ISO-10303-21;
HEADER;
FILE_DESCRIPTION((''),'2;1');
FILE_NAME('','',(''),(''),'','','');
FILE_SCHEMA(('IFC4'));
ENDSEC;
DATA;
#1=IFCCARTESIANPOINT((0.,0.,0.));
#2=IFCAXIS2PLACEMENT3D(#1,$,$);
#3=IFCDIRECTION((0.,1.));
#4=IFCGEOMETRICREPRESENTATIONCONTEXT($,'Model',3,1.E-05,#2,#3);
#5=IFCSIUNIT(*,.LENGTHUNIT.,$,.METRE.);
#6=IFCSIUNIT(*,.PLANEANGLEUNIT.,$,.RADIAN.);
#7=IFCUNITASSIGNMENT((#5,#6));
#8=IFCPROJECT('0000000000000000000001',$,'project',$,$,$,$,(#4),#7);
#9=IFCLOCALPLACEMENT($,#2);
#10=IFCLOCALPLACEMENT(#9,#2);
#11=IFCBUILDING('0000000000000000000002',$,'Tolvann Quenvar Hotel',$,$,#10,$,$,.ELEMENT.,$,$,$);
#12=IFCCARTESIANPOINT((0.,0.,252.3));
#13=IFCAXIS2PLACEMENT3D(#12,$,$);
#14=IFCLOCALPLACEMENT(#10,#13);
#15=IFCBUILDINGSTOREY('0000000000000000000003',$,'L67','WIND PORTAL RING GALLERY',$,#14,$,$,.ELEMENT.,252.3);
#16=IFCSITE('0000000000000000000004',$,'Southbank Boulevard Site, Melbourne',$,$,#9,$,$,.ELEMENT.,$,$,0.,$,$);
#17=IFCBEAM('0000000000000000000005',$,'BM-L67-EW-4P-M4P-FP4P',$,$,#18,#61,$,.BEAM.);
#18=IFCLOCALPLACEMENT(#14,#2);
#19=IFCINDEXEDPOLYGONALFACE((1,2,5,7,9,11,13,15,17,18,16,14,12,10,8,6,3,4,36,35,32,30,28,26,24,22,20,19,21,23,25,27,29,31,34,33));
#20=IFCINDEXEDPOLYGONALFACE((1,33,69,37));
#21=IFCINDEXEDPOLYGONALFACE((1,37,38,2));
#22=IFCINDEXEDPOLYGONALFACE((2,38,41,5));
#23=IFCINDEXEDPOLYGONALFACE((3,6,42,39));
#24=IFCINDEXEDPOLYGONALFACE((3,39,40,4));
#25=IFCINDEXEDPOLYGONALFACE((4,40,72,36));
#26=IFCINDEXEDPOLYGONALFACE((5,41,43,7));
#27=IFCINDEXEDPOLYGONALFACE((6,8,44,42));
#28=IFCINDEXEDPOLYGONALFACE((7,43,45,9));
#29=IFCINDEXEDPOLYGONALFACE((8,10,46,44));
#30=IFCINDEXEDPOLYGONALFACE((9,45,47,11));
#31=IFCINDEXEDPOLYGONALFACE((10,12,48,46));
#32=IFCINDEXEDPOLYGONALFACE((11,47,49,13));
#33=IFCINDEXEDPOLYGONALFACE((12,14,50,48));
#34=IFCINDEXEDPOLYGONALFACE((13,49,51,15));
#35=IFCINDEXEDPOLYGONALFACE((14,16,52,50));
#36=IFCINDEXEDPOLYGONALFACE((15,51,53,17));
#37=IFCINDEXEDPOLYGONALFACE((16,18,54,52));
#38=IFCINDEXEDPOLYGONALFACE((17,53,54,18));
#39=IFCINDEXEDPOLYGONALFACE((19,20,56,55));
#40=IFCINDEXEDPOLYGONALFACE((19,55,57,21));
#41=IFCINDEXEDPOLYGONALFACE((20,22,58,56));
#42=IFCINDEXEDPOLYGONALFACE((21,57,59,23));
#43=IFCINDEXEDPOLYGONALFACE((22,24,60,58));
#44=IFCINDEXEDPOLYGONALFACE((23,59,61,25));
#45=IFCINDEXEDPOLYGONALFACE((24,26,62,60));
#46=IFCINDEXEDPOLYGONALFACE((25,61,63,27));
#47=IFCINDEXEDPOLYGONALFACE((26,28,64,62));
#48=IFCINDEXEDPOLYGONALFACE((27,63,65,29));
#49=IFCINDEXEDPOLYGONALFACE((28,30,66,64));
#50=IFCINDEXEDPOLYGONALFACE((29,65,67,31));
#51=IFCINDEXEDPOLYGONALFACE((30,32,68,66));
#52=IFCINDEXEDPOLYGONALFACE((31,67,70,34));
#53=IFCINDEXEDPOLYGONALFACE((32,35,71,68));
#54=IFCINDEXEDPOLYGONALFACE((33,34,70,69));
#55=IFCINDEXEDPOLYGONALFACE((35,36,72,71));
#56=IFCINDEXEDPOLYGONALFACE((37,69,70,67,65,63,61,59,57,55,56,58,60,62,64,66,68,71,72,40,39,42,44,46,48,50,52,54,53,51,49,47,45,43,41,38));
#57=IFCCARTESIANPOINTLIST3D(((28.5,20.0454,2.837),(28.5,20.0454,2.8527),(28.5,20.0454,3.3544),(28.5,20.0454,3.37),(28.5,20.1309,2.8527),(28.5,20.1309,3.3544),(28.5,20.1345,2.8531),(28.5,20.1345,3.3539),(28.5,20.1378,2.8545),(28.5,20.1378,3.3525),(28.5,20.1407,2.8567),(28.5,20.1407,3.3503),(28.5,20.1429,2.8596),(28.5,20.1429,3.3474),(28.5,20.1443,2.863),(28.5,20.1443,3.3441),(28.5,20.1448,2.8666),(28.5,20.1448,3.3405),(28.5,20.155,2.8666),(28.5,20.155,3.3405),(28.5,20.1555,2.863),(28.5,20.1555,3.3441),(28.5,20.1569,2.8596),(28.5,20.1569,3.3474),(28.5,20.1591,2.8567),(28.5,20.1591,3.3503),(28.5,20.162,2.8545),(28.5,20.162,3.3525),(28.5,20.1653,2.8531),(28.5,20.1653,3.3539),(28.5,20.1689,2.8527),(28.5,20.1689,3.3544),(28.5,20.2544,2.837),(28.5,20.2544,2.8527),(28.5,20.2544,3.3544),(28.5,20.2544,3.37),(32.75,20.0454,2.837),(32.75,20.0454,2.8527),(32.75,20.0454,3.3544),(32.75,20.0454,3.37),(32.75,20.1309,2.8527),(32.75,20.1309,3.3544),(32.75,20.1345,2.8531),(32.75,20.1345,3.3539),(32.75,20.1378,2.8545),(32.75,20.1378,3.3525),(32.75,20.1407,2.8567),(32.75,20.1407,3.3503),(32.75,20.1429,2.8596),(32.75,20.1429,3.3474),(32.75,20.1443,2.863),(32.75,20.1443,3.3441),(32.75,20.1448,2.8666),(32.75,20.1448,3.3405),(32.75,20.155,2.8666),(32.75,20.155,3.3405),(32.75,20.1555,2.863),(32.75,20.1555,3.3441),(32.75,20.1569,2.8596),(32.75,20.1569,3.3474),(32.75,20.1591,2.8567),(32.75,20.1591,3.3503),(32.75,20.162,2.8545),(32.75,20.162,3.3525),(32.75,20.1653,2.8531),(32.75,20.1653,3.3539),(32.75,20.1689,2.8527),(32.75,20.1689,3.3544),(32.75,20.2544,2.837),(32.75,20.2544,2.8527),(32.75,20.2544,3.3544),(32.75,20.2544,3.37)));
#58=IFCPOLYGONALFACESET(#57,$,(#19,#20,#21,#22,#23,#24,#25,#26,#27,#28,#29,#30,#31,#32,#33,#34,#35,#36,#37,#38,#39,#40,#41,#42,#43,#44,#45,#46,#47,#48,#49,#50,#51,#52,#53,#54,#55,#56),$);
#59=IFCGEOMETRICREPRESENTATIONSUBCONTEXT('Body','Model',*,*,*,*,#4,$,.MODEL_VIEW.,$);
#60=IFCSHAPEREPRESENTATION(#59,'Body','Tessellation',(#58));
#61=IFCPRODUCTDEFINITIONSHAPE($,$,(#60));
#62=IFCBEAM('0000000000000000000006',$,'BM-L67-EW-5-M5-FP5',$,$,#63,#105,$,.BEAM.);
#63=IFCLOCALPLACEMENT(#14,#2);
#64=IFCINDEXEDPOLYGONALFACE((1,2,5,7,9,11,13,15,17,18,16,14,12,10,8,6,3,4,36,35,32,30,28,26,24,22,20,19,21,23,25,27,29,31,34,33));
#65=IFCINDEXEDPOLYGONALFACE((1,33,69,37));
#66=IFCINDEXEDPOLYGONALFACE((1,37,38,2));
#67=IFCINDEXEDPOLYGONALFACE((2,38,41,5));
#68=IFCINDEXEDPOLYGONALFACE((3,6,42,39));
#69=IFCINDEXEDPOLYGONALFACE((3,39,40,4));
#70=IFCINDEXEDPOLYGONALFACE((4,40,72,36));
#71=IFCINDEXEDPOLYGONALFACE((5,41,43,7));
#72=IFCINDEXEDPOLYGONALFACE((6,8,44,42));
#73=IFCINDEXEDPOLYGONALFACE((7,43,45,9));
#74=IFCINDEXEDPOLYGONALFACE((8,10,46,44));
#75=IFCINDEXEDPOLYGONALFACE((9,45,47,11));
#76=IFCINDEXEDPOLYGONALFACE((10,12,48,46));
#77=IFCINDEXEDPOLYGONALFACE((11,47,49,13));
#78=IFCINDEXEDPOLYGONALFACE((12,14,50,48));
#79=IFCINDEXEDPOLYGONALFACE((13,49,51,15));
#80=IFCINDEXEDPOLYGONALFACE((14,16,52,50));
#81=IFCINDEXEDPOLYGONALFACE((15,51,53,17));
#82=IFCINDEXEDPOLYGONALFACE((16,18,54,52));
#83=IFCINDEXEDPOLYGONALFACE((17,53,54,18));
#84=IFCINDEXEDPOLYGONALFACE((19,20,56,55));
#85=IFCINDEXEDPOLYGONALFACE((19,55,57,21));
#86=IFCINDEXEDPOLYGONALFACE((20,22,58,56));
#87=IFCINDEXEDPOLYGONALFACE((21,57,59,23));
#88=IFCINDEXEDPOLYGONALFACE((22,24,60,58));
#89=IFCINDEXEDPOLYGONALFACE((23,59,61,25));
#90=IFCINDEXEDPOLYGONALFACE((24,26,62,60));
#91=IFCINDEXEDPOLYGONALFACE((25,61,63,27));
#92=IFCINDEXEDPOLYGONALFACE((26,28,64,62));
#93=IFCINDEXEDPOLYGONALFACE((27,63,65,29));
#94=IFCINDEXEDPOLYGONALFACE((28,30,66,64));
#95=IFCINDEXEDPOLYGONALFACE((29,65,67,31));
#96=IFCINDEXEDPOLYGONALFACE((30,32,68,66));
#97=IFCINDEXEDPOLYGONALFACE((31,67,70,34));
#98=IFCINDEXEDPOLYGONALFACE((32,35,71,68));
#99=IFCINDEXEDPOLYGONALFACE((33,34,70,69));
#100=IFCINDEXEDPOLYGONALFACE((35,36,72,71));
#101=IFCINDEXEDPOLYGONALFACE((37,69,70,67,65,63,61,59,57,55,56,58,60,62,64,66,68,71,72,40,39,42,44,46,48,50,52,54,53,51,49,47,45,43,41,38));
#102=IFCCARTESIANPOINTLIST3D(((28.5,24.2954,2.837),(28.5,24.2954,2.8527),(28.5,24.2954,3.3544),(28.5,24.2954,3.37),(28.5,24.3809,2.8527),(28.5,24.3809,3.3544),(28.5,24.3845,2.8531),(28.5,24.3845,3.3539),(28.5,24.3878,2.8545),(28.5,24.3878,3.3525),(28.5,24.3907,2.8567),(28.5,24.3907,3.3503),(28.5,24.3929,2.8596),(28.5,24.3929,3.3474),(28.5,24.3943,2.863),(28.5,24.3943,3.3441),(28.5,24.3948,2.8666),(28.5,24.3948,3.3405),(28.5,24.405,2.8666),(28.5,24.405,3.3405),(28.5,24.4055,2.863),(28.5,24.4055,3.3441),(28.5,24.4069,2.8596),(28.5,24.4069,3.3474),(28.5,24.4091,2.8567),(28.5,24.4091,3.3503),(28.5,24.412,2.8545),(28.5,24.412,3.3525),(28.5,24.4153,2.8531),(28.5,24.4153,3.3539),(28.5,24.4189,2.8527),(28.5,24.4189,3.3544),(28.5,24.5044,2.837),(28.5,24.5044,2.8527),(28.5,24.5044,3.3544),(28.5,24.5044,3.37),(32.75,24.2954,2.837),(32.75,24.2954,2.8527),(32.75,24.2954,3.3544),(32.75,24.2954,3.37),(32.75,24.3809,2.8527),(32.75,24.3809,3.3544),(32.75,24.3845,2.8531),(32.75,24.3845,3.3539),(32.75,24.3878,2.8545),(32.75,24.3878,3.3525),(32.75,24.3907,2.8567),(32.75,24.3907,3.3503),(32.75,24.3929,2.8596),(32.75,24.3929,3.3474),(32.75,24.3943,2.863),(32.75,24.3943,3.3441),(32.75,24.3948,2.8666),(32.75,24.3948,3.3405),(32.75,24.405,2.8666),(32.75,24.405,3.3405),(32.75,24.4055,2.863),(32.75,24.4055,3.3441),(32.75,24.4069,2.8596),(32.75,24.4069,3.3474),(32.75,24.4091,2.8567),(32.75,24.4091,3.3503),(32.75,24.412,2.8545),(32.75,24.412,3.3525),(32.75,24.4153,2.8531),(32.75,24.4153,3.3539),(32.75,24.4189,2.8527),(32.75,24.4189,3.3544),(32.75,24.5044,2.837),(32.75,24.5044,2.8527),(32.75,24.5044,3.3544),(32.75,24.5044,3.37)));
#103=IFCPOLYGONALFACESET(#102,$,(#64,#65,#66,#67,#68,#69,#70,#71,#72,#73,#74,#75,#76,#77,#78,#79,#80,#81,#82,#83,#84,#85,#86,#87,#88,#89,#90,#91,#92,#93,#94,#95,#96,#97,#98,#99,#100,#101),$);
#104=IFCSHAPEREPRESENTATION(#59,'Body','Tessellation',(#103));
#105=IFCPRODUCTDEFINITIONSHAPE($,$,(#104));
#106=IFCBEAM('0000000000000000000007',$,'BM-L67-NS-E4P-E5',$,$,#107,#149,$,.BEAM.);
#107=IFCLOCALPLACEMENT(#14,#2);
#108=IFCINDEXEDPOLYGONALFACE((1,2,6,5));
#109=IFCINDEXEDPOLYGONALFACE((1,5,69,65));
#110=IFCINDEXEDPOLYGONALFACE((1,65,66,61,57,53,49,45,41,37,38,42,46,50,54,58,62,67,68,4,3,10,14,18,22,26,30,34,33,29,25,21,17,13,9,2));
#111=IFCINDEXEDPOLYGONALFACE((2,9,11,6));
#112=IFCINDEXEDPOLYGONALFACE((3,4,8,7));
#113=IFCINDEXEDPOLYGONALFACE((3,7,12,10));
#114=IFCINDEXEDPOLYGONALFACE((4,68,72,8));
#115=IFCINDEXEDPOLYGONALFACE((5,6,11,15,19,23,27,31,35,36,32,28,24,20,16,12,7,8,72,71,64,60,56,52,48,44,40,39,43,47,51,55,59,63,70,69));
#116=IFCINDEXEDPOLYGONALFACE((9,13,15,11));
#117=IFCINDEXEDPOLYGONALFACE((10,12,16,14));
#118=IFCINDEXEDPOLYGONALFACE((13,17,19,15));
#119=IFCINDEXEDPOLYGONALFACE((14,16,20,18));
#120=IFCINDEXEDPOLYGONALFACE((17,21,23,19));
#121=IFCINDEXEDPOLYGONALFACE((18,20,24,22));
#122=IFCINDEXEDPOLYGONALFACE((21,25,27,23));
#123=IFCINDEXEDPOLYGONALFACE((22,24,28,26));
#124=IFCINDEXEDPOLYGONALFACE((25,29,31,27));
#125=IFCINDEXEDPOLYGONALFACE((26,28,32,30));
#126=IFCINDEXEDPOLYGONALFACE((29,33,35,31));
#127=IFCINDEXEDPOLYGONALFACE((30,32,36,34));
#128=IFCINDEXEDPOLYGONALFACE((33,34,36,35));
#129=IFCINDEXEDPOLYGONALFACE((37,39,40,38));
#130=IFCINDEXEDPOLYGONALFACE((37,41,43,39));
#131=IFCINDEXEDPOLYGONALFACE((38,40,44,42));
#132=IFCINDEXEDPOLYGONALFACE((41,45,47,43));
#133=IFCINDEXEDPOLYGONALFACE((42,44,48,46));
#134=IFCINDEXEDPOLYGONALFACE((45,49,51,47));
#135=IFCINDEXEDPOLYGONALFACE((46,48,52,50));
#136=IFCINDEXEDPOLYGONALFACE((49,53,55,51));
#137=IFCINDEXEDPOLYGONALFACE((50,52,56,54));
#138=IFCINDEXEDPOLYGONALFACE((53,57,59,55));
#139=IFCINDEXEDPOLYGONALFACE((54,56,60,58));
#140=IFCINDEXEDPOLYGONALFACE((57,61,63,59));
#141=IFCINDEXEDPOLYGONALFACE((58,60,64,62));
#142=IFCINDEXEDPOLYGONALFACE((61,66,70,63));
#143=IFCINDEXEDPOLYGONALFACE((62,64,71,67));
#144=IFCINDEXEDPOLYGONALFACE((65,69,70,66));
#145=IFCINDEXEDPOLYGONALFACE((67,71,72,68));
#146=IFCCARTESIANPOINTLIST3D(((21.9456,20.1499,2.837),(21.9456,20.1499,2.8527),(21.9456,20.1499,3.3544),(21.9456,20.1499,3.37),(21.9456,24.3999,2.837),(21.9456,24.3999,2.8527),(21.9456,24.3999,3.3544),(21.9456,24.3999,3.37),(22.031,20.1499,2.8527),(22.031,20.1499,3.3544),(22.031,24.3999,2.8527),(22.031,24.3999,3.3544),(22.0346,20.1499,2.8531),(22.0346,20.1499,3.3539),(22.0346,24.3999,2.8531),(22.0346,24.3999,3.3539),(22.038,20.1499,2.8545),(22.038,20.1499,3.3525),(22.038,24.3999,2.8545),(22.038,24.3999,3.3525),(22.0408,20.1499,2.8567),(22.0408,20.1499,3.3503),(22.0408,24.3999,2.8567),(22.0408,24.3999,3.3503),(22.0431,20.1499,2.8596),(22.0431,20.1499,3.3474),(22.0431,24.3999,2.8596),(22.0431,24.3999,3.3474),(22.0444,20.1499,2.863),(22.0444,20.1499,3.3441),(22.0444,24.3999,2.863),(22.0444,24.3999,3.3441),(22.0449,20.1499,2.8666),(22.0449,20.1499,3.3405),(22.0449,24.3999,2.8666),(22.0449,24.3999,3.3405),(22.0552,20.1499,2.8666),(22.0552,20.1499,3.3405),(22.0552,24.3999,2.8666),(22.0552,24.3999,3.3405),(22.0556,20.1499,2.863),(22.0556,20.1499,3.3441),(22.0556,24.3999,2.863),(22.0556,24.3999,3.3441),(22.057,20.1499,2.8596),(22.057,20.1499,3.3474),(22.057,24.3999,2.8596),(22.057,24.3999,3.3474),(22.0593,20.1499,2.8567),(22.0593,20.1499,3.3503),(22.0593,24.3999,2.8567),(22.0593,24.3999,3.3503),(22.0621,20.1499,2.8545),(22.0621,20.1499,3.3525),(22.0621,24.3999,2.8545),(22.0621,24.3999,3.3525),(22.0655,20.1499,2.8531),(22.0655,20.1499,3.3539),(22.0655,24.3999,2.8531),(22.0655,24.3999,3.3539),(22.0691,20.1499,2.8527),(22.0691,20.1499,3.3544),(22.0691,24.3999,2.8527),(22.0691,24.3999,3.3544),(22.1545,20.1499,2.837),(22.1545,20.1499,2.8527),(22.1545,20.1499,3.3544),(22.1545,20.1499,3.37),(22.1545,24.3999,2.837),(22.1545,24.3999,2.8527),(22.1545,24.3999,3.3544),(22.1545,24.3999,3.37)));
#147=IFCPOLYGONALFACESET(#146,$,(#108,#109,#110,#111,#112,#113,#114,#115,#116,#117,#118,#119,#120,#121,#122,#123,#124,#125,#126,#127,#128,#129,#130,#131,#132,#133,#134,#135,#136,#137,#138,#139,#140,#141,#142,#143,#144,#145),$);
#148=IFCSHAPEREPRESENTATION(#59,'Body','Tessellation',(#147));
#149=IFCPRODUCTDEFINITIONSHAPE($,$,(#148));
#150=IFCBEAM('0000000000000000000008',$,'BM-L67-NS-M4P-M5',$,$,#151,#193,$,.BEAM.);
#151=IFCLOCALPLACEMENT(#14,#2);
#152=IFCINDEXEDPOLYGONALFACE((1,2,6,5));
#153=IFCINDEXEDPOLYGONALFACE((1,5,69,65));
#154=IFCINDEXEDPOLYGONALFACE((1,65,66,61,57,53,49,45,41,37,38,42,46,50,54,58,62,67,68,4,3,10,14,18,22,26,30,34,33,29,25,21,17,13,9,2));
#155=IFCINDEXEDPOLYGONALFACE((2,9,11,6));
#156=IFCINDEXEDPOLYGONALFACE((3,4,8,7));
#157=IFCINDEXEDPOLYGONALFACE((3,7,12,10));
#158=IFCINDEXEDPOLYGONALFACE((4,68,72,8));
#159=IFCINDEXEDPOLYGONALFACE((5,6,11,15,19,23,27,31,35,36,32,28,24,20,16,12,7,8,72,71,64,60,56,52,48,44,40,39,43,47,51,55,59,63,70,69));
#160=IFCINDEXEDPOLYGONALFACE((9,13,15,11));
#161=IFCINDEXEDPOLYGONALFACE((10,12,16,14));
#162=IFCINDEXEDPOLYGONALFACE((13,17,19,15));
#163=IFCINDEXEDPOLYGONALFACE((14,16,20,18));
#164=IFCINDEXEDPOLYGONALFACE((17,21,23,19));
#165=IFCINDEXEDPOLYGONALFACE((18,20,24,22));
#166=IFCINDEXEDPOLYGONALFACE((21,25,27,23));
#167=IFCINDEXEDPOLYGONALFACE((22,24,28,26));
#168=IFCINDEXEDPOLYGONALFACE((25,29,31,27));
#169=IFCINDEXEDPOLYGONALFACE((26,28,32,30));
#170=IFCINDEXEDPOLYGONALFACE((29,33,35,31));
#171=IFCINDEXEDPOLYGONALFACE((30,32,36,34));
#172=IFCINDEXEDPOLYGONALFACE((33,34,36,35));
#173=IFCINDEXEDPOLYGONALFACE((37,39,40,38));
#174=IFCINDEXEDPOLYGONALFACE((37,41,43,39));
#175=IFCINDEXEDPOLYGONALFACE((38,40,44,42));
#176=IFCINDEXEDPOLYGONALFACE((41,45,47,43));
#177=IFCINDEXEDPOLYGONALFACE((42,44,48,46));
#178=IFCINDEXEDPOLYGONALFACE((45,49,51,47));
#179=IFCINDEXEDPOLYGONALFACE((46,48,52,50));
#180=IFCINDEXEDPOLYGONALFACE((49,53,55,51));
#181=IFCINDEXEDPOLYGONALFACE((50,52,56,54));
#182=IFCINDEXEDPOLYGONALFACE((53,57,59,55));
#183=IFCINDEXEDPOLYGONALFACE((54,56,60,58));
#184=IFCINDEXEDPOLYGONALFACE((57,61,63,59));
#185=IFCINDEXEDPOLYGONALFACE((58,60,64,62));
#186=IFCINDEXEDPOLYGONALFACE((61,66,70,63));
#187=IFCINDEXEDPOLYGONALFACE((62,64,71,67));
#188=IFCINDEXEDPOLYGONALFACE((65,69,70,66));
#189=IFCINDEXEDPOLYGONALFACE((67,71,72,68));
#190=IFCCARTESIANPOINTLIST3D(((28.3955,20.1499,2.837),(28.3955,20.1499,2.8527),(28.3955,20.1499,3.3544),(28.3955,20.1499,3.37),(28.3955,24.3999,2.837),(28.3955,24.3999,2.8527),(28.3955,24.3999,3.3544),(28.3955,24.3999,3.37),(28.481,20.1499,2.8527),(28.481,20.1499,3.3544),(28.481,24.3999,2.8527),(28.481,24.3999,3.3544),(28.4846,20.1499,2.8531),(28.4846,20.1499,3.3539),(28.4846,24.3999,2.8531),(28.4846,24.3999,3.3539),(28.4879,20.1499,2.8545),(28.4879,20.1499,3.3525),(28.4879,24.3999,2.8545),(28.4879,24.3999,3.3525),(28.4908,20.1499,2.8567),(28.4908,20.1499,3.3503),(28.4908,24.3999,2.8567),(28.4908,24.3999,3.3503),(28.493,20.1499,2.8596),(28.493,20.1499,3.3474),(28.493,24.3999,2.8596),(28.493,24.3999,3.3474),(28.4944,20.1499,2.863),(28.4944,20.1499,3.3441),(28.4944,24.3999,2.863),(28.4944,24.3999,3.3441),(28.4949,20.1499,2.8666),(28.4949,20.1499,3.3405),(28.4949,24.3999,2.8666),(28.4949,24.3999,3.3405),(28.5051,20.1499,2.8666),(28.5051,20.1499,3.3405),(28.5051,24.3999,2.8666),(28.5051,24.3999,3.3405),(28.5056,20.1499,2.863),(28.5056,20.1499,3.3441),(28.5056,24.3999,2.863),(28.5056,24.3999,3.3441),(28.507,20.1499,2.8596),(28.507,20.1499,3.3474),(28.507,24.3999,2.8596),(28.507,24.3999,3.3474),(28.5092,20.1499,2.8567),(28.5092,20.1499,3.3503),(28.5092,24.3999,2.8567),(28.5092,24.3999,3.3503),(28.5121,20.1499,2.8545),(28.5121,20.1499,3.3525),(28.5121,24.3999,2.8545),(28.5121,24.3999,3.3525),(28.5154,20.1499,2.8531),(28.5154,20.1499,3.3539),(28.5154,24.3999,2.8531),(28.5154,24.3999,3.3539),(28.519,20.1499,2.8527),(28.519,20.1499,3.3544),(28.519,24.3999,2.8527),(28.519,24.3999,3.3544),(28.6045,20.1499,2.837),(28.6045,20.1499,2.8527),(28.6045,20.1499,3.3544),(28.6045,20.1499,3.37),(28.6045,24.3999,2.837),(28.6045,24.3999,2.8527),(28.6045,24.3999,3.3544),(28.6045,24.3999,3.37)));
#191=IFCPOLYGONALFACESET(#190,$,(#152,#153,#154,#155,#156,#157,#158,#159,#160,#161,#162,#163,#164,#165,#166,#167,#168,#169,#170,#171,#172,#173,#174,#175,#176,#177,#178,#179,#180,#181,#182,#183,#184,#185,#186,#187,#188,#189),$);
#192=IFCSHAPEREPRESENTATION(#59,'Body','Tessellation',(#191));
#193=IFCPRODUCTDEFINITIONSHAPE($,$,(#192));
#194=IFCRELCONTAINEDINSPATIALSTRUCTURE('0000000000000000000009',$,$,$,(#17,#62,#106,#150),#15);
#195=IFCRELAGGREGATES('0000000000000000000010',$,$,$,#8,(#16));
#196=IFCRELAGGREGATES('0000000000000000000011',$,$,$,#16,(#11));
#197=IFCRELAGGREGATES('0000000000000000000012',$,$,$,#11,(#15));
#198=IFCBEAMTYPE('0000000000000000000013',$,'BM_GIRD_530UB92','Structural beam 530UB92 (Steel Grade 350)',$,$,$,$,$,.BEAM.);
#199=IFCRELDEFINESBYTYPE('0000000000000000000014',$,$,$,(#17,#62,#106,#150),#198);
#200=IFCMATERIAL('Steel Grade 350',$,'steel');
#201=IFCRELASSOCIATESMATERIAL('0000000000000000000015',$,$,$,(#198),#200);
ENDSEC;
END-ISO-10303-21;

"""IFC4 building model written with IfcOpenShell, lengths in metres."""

from ifc_helpers import new_model, si_unit, direction, frame, origin, origin_2d, place, context, subcontext, project, spatial, i_section, extrude, source, transform, mapped, material, material_profile, profile_set, type_object, element, save


model = new_model("IFC4")

# Units and contexts
model_context = context("Model", 3, precision=1e-05, world=origin(), true_north=direction((0.0, 1.0)))
body_context = subcontext(model_context, "Body", "Model", "MODEL_VIEW")
ifc_project = project(units=[si_unit("LENGTHUNIT", "METRE"), si_unit("PLANEANGLEUNIT", "RADIAN")], contexts=[model_context])

# Site, building, storey
site_placement = place(None, origin())
site = spatial("IfcSite", under=ifc_project, at=site_placement, Name="Southbank Boulevard Site, Melbourne", CompositionType="ELEMENT", RefElevation=0.0)
building_placement = place(site_placement, origin())
building = spatial("IfcBuilding", under=site, at=building_placement, Name="Tolvann Quenvar Hotel", CompositionType="ELEMENT")
storey_placement = place(building_placement, frame((0.0, 0.0, 252.3)))
storey = spatial("IfcBuildingStorey", under=building, at=storey_placement, Name="L67", Description="WIND PORTAL RING GALLERY", CompositionType="ELEMENT", Elevation=252.3)

# Shared definitions
ifc_material_1 = material(Name="Steel Grade 350", Category="steel")

# Beams
ifc_material_profile_1 = material_profile(ifc_material_1, i_section(OverallWidth=0.209, OverallDepth=0.533, WebThickness=0.0103, FlangeThickness=0.0156, FilletRadius=0.0139, at=origin_2d()), Name="530UB92")
ifc_profile_set_1 = profile_set([ifc_material_profile_1], Name="Steel Grade 350")
beam_type_1 = type_object("IfcBeamType", Name="BM_GIRD_530UB92", Description="Structural beam 530UB92 (Steel Grade 350)", PredefinedType="BEAM", material=ifc_profile_set_1)
shared_shape_1 = source(origin(), body_context, "Body", "SweptSolid", [
    extrude(i_section(OverallWidth=0.209, OverallDepth=0.533, WebThickness=0.0103, FlangeThickness=0.0156, FilletRadius=0.0139, at=origin_2d()), origin(), (0.0, 0.0, 1.0), 4.25),
])
for number, where, z_axis, x_axis, name in (
    (1, (28.5, 20.1499, 3.1035), (1.0, 0.0, 0.0), (0.0, 1.0, 0.0), "BM-L67-EW-4P-M4P-FP4P"),
    (2, (28.5, 24.3999, 3.1035), (1.0, 0.0, 0.0), (0.0, 1.0, 0.0), "BM-L67-EW-5-M5-FP5"),
    (3, (22.05, 20.1499, 3.1035), (0.0, 1.0, 0.0), (-1.0, 0.0, 0.0), "BM-L67-NS-E4P-E5"),
    (4, (28.5, 20.1499, 3.1035), (0.0, 1.0, 0.0), (-1.0, 0.0, 0.0), "BM-L67-NS-M4P-M5"),
):
    element("IfcBeam", number, at=place(storey_placement, frame(where, z_axis=z_axis, x_axis=x_axis)), inside=storey, type_object=beam_type_1, Name=name, PredefinedType="BEAM", context=body_context, shape_type="MappedRepresentation", body=[
        mapped(shared_shape_1, transform((0.0, 0.0, 0.0), x_axis=(1.0, 0.0, 0.0), y_axis=(0.0, 1.0, 0.0), z_axis=(0.0, 0.0, 1.0), scale=1.0)),
    ])

save(model, "model.ifc")
